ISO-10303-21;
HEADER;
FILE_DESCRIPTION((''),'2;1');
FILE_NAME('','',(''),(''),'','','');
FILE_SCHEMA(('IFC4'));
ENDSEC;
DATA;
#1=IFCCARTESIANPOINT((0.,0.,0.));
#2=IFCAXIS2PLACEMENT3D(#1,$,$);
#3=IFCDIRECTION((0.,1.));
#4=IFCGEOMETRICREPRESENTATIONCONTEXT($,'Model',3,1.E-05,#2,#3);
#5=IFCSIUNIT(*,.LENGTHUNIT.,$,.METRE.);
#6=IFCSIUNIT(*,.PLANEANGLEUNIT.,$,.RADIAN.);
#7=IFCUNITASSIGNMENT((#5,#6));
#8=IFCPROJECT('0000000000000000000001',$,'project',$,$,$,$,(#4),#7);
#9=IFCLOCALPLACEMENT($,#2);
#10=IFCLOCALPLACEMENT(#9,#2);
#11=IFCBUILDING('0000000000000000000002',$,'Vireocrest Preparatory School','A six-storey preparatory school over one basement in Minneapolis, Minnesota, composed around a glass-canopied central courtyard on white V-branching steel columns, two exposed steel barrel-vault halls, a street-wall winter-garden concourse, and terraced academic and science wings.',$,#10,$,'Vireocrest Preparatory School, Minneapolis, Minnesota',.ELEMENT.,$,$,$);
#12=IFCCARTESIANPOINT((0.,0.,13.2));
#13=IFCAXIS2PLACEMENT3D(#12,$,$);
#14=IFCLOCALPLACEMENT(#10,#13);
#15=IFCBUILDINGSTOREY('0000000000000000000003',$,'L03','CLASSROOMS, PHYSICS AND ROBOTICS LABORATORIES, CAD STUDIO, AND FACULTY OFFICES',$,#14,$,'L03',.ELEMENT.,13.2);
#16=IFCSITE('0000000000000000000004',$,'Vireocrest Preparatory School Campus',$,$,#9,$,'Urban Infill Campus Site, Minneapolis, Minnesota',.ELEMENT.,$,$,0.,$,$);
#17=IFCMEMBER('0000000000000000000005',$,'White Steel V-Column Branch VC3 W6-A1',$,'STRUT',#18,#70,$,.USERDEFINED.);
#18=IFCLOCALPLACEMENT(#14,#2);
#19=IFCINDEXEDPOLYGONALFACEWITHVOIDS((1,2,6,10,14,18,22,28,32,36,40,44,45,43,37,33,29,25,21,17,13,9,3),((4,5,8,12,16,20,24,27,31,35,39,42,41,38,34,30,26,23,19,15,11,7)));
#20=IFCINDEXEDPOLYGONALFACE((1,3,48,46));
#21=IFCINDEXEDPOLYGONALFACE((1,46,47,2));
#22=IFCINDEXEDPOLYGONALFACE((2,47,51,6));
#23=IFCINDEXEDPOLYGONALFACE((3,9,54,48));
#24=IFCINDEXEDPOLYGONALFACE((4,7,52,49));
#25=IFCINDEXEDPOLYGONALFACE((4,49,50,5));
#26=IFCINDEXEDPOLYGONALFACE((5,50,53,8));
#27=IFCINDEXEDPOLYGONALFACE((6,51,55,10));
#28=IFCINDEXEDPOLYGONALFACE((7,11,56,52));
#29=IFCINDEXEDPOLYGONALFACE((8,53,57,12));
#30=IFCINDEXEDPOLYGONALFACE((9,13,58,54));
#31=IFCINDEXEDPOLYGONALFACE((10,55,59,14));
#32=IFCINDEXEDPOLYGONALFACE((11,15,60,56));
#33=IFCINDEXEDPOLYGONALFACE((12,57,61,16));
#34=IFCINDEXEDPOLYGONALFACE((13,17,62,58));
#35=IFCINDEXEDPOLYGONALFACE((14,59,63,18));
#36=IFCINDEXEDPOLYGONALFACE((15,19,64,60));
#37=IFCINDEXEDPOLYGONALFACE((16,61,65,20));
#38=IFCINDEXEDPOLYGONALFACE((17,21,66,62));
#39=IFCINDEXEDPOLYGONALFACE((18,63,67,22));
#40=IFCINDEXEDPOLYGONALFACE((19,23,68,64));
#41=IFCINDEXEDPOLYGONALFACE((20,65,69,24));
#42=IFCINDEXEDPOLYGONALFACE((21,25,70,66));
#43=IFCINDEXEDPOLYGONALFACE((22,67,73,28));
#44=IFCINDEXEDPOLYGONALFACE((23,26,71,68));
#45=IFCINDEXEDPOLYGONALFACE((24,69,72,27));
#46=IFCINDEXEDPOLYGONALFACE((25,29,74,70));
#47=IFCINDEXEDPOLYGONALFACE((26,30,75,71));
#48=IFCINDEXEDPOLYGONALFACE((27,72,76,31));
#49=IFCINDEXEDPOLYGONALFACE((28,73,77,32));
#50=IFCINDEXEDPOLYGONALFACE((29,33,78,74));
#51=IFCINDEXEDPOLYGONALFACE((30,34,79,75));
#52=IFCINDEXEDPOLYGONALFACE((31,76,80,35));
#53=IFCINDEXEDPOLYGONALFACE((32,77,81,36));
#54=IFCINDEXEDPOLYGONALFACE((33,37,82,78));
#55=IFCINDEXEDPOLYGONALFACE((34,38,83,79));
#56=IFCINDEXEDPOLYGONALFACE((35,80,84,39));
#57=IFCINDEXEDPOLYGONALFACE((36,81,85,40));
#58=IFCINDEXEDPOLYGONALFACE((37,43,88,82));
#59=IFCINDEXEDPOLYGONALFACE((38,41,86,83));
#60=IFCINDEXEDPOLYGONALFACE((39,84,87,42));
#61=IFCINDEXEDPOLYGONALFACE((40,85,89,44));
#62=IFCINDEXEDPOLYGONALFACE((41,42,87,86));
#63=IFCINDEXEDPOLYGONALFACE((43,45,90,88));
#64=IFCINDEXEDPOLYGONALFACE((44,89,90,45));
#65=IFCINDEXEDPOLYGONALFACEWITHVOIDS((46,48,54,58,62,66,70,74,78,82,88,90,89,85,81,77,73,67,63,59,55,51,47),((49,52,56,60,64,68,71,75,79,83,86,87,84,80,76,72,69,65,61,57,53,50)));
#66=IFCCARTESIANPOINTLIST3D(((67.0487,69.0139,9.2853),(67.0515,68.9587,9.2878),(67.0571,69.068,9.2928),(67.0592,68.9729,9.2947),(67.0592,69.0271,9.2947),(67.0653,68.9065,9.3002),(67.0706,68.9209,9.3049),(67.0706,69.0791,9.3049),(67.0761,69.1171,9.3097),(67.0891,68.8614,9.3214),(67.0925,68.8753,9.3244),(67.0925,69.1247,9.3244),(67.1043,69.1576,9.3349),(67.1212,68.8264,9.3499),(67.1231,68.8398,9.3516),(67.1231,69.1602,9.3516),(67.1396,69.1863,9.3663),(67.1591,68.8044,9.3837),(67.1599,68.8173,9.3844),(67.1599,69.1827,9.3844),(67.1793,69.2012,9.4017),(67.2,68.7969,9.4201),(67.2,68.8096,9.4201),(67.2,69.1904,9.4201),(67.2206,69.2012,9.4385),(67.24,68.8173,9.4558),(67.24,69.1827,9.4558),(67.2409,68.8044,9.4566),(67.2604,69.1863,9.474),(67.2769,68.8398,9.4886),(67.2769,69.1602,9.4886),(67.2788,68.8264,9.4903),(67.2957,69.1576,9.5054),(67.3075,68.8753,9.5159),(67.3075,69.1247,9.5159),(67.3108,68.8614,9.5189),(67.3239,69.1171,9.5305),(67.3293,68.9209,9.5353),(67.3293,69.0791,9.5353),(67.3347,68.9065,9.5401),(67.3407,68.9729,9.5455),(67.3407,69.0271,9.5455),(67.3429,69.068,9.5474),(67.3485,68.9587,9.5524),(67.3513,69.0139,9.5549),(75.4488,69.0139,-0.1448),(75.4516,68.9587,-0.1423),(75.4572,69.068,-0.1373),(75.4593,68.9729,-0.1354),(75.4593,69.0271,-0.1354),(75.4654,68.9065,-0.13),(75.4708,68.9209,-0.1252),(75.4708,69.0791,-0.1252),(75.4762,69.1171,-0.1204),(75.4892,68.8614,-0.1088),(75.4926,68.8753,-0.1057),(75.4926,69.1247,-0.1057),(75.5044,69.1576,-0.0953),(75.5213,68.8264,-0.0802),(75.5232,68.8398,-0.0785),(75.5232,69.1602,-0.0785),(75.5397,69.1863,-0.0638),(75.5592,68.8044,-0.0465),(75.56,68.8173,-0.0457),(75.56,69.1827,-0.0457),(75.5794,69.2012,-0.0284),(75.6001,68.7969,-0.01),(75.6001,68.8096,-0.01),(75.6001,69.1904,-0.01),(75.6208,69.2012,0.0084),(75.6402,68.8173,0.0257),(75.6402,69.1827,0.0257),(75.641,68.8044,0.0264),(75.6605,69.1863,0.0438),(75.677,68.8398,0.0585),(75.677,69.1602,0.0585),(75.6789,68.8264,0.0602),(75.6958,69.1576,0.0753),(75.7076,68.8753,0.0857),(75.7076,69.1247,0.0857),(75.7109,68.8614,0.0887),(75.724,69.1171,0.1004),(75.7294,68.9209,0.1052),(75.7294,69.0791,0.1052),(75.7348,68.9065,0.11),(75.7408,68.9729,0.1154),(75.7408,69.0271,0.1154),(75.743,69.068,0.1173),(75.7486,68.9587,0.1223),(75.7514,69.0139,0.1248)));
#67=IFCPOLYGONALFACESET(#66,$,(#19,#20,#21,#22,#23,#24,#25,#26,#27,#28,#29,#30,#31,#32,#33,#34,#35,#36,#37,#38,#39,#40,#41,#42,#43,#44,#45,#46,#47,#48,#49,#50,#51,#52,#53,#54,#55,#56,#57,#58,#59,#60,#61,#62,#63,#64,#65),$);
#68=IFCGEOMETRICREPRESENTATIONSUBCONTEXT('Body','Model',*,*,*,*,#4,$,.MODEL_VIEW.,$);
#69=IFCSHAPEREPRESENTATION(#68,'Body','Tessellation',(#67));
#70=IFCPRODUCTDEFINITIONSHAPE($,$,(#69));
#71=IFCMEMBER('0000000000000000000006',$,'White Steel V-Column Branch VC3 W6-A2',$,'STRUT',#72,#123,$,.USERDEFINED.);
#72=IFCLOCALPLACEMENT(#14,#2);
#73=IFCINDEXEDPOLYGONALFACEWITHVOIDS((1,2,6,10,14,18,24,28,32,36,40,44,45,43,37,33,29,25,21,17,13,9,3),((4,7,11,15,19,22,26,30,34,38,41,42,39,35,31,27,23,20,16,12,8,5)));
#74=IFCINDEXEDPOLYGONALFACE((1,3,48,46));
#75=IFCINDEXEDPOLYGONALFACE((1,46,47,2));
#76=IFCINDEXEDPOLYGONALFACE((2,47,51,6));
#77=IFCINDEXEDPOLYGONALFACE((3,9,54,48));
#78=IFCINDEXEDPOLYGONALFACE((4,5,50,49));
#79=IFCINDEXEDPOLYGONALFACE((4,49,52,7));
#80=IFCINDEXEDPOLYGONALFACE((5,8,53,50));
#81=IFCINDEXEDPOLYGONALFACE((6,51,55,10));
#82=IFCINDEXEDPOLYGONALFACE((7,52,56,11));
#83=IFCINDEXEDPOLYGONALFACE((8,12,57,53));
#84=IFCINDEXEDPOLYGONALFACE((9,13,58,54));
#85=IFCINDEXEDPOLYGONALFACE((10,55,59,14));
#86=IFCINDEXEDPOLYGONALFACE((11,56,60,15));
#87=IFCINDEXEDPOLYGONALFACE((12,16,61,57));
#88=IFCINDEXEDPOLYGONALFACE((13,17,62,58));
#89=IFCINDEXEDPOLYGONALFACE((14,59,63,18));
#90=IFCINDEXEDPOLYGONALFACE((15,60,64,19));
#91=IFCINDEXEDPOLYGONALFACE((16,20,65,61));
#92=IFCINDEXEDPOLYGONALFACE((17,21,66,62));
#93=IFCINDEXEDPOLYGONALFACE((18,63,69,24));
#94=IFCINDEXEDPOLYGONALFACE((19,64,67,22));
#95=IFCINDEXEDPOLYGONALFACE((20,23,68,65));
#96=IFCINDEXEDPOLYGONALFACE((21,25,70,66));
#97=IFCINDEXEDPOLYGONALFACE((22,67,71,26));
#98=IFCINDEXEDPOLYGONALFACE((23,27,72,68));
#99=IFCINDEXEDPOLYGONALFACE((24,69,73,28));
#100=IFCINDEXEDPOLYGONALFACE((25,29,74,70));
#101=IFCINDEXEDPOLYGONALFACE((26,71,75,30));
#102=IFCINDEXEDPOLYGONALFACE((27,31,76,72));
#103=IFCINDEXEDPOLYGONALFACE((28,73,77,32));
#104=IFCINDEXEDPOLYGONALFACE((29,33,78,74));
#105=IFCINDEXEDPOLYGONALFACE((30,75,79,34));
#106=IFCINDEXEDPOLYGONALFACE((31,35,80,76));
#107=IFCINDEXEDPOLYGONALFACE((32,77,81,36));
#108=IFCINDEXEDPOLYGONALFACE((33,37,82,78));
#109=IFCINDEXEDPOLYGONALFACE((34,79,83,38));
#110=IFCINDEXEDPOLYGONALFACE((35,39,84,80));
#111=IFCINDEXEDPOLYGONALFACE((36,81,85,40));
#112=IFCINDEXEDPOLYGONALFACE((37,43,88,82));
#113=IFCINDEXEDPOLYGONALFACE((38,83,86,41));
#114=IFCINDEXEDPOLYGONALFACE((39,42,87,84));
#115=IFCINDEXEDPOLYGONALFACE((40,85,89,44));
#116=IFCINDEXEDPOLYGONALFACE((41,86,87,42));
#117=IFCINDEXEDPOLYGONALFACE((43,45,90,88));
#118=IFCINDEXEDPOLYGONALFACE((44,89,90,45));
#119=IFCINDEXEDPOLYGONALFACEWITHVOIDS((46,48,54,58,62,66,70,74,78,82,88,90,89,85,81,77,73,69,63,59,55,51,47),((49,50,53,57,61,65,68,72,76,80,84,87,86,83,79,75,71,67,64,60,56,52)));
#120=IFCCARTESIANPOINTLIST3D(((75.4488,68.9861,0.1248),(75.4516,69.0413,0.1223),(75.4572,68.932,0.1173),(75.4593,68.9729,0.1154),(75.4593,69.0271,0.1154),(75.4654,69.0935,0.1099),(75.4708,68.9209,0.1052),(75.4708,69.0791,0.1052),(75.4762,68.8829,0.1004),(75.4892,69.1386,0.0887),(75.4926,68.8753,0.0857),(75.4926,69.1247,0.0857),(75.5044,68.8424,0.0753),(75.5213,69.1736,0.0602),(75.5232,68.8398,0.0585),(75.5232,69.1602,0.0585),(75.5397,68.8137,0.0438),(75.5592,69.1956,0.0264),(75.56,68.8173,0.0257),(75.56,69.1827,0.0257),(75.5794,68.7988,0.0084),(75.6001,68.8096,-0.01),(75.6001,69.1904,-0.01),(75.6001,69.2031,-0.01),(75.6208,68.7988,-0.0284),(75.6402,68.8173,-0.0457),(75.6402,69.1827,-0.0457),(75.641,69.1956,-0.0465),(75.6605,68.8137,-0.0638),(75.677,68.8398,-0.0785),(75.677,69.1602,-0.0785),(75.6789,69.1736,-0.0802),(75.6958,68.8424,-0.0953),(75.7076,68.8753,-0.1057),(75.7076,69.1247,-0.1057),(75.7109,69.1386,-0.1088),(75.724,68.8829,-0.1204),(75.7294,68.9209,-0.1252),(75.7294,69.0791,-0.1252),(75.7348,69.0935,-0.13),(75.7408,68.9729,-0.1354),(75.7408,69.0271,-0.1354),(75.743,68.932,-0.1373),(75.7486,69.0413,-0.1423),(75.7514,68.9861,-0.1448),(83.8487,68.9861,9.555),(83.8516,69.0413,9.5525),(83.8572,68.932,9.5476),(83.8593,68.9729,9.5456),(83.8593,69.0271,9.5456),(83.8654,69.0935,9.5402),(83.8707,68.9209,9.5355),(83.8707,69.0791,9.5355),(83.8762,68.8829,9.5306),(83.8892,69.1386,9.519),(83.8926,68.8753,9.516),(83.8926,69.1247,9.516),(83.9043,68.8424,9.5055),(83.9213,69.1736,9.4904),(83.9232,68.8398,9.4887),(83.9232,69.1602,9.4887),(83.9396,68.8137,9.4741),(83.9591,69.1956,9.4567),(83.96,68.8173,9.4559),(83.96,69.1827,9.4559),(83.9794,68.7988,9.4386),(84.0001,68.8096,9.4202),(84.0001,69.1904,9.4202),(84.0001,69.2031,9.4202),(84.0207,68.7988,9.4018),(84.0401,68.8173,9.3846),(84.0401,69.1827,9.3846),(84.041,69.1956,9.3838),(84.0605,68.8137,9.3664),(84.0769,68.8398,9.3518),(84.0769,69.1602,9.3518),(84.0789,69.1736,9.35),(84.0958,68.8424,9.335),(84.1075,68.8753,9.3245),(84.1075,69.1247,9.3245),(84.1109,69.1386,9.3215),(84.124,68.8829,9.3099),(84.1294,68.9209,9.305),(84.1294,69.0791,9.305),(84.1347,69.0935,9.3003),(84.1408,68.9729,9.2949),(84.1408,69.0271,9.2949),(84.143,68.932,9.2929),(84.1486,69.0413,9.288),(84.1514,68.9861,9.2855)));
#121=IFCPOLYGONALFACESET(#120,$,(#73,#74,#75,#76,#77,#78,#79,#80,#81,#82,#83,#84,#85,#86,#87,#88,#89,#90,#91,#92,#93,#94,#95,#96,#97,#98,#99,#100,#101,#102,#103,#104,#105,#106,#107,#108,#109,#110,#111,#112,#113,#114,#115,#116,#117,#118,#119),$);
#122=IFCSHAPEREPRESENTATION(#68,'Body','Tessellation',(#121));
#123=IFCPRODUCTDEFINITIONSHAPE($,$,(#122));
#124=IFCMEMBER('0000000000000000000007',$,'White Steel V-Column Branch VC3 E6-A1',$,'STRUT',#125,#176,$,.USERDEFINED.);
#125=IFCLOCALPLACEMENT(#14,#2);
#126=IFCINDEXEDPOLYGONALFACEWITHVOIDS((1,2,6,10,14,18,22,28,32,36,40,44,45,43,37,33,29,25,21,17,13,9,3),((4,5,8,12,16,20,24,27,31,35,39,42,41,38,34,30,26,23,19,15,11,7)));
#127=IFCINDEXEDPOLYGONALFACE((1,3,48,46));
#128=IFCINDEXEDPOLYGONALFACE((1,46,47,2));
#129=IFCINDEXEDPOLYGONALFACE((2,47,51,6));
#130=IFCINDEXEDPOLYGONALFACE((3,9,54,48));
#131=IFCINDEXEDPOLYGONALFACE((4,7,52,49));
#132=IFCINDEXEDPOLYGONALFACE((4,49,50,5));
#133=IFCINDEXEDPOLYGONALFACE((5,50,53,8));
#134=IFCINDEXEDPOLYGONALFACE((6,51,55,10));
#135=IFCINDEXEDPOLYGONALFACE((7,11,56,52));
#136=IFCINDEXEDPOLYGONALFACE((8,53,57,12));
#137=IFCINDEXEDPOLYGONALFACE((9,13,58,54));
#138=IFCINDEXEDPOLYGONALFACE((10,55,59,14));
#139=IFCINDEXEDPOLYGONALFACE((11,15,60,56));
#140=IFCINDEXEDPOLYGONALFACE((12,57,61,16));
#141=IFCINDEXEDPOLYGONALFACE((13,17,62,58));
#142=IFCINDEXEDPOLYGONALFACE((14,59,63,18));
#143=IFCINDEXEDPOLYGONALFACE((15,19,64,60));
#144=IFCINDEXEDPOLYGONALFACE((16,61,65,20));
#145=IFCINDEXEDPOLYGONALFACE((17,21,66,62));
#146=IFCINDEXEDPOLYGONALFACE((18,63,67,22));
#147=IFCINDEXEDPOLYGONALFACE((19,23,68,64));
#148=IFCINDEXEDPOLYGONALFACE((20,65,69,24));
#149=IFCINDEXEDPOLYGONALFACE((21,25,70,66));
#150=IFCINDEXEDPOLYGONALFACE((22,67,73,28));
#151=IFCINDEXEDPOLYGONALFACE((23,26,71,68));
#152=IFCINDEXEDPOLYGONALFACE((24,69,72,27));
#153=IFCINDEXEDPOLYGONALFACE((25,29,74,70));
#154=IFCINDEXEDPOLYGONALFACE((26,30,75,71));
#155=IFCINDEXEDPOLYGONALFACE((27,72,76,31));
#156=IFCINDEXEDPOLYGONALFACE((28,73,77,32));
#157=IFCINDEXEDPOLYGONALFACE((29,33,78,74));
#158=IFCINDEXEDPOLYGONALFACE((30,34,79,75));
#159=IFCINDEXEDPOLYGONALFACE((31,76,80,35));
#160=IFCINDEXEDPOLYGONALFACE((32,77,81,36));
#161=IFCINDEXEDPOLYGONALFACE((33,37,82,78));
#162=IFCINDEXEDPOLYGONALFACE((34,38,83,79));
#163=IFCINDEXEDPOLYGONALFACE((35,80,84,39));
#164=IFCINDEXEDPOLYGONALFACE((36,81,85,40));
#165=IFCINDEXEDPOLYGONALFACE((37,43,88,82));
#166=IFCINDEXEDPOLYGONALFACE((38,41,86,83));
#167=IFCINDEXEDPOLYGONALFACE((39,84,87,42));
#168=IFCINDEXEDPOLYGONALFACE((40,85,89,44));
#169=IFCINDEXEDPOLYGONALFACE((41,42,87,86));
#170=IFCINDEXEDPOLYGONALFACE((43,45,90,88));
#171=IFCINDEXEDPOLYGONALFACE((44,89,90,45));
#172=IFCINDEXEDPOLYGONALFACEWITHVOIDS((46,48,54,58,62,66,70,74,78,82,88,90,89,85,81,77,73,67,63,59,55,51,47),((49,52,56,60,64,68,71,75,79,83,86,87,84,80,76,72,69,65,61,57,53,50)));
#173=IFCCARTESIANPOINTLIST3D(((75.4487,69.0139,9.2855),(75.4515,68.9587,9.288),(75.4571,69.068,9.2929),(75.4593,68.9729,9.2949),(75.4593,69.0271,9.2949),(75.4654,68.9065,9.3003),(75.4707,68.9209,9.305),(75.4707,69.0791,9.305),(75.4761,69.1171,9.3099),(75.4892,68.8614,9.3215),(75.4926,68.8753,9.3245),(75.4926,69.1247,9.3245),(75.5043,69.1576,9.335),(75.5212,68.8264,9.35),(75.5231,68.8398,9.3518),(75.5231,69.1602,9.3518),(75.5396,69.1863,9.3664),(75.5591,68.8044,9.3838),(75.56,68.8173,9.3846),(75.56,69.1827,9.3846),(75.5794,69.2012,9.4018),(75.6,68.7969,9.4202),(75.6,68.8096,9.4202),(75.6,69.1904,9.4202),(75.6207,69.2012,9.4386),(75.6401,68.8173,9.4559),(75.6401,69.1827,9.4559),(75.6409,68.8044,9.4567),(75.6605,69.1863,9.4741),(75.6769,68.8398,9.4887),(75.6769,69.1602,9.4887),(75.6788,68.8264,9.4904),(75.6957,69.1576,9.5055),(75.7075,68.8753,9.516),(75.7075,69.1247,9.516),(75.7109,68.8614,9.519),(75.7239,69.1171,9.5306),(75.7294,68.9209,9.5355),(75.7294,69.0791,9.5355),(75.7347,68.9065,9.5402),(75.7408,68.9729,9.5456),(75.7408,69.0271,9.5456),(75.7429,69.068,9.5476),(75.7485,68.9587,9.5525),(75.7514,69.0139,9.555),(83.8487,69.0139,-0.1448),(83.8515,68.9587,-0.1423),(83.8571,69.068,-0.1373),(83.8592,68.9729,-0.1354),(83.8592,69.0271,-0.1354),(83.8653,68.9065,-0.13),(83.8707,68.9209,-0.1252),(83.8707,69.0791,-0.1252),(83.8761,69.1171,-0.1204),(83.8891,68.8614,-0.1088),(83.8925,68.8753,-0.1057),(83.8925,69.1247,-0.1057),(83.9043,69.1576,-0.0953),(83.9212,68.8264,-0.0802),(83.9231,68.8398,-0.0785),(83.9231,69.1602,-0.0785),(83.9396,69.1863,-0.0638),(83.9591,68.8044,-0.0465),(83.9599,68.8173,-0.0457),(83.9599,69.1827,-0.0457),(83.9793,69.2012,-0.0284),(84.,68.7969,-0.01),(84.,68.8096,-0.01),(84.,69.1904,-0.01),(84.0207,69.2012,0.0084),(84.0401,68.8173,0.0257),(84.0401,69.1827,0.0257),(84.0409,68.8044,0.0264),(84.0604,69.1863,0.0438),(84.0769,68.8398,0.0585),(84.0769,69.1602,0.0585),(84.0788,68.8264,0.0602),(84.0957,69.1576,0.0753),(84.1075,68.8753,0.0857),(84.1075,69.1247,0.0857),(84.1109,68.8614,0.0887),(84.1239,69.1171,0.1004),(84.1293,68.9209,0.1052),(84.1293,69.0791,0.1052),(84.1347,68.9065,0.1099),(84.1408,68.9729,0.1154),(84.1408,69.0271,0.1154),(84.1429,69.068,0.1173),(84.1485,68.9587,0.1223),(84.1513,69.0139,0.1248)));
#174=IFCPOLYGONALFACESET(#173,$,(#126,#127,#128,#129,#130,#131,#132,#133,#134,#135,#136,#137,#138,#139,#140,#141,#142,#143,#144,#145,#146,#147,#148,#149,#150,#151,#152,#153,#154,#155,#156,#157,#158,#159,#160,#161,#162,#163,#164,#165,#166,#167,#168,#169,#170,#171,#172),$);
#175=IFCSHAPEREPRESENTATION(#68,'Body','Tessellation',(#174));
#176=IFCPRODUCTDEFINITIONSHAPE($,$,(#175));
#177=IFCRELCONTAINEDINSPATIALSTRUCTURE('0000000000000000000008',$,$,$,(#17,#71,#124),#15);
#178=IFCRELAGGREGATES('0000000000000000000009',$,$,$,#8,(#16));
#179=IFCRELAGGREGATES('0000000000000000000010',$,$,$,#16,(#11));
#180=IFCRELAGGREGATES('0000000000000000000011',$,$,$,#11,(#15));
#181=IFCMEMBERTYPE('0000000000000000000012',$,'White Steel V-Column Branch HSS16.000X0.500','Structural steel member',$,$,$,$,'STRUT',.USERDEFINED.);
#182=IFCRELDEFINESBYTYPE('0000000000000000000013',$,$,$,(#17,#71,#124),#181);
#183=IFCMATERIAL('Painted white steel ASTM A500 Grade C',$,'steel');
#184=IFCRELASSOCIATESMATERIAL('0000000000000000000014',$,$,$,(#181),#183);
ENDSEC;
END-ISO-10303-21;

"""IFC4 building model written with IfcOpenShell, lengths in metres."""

from ifc_helpers import new_model, si_unit, direction, frame, origin, origin_2d, place, context, subcontext, project, spatial, hollow_circle, extrude, material, material_profile, profile_set, type_object, element, save


model = new_model("IFC4")

# Units and contexts
model_context = context("Model", 3, precision=1e-05, world=origin(), true_north=direction((0.0, 1.0)))
body_context = subcontext(model_context, "Body", "Model", "MODEL_VIEW")
ifc_project = project(units=[si_unit("LENGTHUNIT", "METRE"), si_unit("PLANEANGLEUNIT", "RADIAN")], contexts=[model_context])

# Site, building, storey
site_placement = place(None, origin())
site = spatial("IfcSite", under=ifc_project, at=site_placement, Name="Vireocrest Preparatory School Campus", LongName="Urban Infill Campus Site, Minneapolis, Minnesota", CompositionType="ELEMENT", RefElevation=0.0)
building_placement = place(site_placement, origin())
building = spatial("IfcBuilding", under=site, at=building_placement, Name="Vireocrest Preparatory School", Description="A six-storey preparatory school over one basement in Minneapolis, Minnesota, composed around a glass-canopied central courtyard on white V-branching steel columns, two exposed steel barrel-vault halls, a street-wall winter-garden concourse, and terraced academic and science wings.", LongName="Vireocrest Preparatory School, Minneapolis, Minnesota", CompositionType="ELEMENT")
storey_placement = place(building_placement, frame((0.0, 0.0, 13.2)))
storey = spatial("IfcBuildingStorey", under=building, at=storey_placement, Name="L03", Description="CLASSROOMS, PHYSICS AND ROBOTICS LABORATORIES, CAD STUDIO, AND FACULTY OFFICES", LongName="L03", CompositionType="ELEMENT", Elevation=13.2)

# Members
ifc_material_1 = material(Name="Painted white steel ASTM A500 Grade C", Category="steel")
ifc_material_profile_1 = material_profile(ifc_material_1, hollow_circle(Radius=0.2031, WallThickness=0.0127, at=origin_2d()), Name="HSS16.000X0.500")
ifc_profile_set_1 = profile_set([ifc_material_profile_1], Name="Painted white steel ASTM A500 Grade C")
member_type_1 = type_object("IfcMemberType", Name="White Steel V-Column Branch HSS16.000X0.500", Description="Structural steel member", ElementType="STRUT", PredefinedType="USERDEFINED", material=ifc_profile_set_1)
for number, where, z_axis, x_axis, name in (
    (1, (75.6001, 69.0, -0.01), (-0.665149, 0.0, 0.74671), (0.0, -1.0, 0.0), "White Steel V-Column Branch VC3 W6-A1"),
    (2, (75.6001, 69.0, -0.01), (0.665139, 0.0, 0.74672), (0.0, 1.0, 0.0), "White Steel V-Column Branch VC3 W6-A2"),
    (3, (84.0, 69.0, -0.01), (-0.665139, 0.0, 0.74672), (0.0, -1.0, 0.0), "White Steel V-Column Branch VC3 E6-A1"),
):
    element("IfcMember", number, at=place(storey_placement, frame(where, z_axis=z_axis, x_axis=x_axis)), inside=storey, type_object=member_type_1, Name=name, ObjectType="STRUT", PredefinedType="USERDEFINED", context=body_context, shape_type="SweptSolid", body=[
        extrude(hollow_circle(Radius=0.2031, WallThickness=0.0127, at=origin_2d()), origin(), (0.0, 0.0, 1.0), 12.6289),
    ])

save(model, "model.ifc")
